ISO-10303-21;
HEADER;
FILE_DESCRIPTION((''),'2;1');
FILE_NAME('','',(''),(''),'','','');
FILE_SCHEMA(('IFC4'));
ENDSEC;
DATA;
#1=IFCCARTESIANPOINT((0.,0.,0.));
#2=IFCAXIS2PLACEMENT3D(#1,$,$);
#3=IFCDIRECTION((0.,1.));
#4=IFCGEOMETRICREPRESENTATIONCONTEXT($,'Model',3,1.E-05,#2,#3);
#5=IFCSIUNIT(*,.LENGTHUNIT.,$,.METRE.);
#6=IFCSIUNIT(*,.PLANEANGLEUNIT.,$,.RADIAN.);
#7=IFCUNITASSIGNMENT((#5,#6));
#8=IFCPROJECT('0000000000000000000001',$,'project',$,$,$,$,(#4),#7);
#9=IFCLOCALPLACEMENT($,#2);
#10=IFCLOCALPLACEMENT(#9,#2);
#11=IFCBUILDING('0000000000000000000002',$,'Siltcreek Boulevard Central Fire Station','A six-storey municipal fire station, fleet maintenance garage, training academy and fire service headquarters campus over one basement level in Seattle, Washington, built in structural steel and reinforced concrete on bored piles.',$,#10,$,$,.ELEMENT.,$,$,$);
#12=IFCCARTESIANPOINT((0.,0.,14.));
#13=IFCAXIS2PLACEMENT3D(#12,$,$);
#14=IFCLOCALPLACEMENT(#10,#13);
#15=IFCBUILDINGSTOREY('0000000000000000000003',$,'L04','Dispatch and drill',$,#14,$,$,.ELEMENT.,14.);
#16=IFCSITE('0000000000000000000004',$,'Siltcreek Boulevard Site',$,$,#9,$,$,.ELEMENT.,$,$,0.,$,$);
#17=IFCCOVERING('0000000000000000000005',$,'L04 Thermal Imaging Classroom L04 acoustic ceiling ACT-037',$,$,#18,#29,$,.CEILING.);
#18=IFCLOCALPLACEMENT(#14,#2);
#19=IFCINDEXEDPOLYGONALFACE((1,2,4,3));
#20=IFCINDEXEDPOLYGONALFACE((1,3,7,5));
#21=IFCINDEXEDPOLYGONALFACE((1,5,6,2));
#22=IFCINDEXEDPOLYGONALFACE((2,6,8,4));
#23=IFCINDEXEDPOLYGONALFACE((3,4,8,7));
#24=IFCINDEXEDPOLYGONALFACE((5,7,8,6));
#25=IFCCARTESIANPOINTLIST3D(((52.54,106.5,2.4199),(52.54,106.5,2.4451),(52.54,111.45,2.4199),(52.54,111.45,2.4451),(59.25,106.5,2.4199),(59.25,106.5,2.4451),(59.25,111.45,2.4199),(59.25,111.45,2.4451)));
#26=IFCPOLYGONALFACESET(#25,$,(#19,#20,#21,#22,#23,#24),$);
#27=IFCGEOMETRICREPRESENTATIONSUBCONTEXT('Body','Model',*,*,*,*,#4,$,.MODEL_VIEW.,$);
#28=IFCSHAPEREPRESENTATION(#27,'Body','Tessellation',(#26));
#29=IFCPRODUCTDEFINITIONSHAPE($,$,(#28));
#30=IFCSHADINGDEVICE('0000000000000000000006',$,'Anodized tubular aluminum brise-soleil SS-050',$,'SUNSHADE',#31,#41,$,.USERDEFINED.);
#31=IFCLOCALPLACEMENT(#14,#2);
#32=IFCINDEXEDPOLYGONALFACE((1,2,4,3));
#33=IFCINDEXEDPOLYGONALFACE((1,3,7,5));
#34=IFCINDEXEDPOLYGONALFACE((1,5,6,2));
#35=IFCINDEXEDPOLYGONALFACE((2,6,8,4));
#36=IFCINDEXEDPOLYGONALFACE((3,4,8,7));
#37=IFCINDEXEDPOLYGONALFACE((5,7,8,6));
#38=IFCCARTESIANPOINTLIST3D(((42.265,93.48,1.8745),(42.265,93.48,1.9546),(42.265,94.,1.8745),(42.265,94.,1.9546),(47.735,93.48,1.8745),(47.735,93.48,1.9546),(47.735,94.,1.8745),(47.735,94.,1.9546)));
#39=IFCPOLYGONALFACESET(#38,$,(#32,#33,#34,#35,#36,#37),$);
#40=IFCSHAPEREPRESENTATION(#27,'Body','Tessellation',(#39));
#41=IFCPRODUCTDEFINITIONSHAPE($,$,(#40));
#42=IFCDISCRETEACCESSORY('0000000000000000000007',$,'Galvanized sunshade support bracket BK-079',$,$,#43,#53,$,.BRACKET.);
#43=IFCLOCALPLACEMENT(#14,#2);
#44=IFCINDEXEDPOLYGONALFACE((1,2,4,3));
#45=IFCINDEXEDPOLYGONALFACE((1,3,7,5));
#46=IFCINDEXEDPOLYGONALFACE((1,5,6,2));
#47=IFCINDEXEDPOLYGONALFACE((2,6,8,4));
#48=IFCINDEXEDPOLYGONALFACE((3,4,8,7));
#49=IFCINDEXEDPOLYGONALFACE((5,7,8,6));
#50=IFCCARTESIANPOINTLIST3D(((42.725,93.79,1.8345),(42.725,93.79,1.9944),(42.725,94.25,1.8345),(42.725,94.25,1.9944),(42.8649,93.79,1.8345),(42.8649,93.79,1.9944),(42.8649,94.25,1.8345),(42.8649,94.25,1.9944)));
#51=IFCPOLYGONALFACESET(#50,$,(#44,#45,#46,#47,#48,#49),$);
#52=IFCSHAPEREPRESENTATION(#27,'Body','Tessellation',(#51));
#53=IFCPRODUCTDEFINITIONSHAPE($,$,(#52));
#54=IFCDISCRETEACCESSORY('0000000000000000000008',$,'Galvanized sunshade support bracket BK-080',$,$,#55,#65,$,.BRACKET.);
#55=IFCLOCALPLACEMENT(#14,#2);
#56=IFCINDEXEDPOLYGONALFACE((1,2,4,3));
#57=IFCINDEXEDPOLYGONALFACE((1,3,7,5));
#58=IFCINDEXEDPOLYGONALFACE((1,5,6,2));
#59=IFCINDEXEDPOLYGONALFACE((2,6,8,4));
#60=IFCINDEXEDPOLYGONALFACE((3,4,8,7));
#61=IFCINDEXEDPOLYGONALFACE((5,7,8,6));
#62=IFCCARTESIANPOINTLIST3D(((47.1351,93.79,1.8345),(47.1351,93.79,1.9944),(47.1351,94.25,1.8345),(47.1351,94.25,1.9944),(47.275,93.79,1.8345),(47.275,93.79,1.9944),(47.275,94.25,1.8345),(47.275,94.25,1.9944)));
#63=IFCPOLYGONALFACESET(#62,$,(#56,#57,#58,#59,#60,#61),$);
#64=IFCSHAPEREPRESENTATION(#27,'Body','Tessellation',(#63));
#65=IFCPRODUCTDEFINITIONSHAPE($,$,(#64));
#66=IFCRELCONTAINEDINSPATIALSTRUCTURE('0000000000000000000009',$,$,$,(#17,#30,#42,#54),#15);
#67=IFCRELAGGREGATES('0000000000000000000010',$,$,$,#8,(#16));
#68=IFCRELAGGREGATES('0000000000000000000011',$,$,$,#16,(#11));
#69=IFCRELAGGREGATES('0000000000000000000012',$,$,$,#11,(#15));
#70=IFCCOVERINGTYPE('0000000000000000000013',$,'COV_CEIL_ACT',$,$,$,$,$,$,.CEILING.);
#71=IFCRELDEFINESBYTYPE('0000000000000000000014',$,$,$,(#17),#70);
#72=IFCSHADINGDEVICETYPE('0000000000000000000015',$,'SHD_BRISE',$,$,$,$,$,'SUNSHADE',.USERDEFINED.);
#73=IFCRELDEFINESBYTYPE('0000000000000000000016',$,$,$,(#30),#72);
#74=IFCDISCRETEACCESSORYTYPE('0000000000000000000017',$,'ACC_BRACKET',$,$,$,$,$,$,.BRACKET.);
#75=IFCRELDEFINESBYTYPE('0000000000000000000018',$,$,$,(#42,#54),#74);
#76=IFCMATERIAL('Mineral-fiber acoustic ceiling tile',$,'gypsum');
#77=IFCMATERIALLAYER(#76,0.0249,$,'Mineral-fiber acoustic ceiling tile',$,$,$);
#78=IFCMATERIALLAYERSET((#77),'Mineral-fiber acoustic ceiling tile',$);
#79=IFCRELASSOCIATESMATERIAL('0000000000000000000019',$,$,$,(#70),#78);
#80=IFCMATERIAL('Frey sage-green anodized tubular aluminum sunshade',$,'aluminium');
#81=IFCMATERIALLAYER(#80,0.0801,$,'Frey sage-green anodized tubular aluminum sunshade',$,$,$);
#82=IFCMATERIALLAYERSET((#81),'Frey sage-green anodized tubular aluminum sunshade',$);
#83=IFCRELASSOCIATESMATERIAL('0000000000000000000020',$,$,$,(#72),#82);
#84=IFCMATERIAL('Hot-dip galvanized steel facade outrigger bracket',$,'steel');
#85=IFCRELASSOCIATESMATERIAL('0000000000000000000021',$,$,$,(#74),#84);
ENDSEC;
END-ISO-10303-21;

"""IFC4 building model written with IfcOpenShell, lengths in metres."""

from ifc_helpers import new_model, si_unit, direction, frame, origin, origin_2d, place, context, subcontext, project, spatial, polyline, rectangle, outline, extrude, material, layer, layer_set, type_object, element, save


model = new_model("IFC4")

# Units and contexts
model_context = context("Model", 3, precision=1e-05, world=origin(), true_north=direction((0.0, 1.0)))
body_context = subcontext(model_context, "Body", "Model", "MODEL_VIEW")
ifc_project = project(units=[si_unit("LENGTHUNIT", "METRE"), si_unit("PLANEANGLEUNIT", "RADIAN")], contexts=[model_context])

# Site, building, storey
site_placement = place(None, origin())
site = spatial("IfcSite", under=ifc_project, at=site_placement, Name="Siltcreek Boulevard Site", CompositionType="ELEMENT", RefElevation=0.0)
building_placement = place(site_placement, origin())
building = spatial("IfcBuilding", under=site, at=building_placement, Name="Siltcreek Boulevard Central Fire Station", Description="A six-storey municipal fire station, fleet maintenance garage, training academy and fire service headquarters campus over one basement level in Seattle, Washington, built in structural steel and reinforced concrete on bored piles.", CompositionType="ELEMENT")
storey_placement = place(building_placement, frame((0.0, 0.0, 14.0)))
storey = spatial("IfcBuildingStorey", under=building, at=storey_placement, Name="L04", Description="Dispatch and drill", CompositionType="ELEMENT", Elevation=14.0)

# Covering
ifc_material_1 = material(Name="Mineral-fiber acoustic ceiling tile", Category="gypsum")
ifc_layer_1 = layer(ifc_material_1, 0.0249, Name="Mineral-fiber acoustic ceiling tile")
ifc_layer_set_1 = layer_set([ifc_layer_1], Name="Mineral-fiber acoustic ceiling tile")
covering_type = type_object("IfcCoveringType", Name="COV_CEIL_ACT", PredefinedType="CEILING", material=ifc_layer_set_1)
covering_1_placement = place(storey_placement, frame((0.0, 0.0, 2.4199)))
element("IfcCovering", 1, at=covering_1_placement, inside=storey, type_object=covering_type, Name="L04 Thermal Imaging Classroom L04 acoustic ceiling ACT-037", PredefinedType="CEILING", context=body_context, shape_type="SweptSolid", body=[
    extrude(outline(polyline([(52.54, 106.5), (59.25, 106.5), (59.25, 111.45), (52.54, 111.45), (52.54, 106.5)])), origin(), (0.0, 0.0, 1.0), 0.0251),
])

# Shading device
ifc_material_2 = material(Name="Frey sage-green anodized tubular aluminum sunshade", Category="aluminium")
ifc_layer_2 = layer(ifc_material_2, 0.0801, Name="Frey sage-green anodized tubular aluminum sunshade")
ifc_layer_set_2 = layer_set([ifc_layer_2], Name="Frey sage-green anodized tubular aluminum sunshade")
shading_device_type = type_object("IfcShadingDeviceType", Name="SHD_BRISE", ElementType="SUNSHADE", PredefinedType="USERDEFINED", material=ifc_layer_set_2)
shading_device_placement = place(storey_placement, frame((45.0, 93.74, 1.8745), z_axis=(0.0, 0.0, 1.0), x_axis=(1.0, 0.0, 0.0)))
element("IfcShadingDevice", 2, at=shading_device_placement, inside=storey, type_object=shading_device_type, Name="Anodized tubular aluminum brise-soleil SS-050", ObjectType="SUNSHADE", PredefinedType="USERDEFINED", context=body_context, shape_type="SweptSolid", body=[
    extrude(rectangle(XDim=5.47, YDim=0.52, at=origin_2d()), origin(), (0.0, 0.0, 1.0), 0.0801),
])

# Discrete accessories
ifc_material_3 = material(Name="Hot-dip galvanized steel facade outrigger bracket", Category="steel")
discrete_accessory_type = type_object("IfcDiscreteAccessoryType", Name="ACC_BRACKET", PredefinedType="BRACKET", material=ifc_material_3)
for number, where, z_axis, x_axis, name in (
    (3, (42.7949, 94.02, 1.8345), (0.0, 0.0, 1.0), (1.0, 0.0, 0.0), "Galvanized sunshade support bracket BK-079"),
    (4, (47.2051, 94.02, 1.8345), (0.0, 0.0, 1.0), (1.0, 0.0, 0.0), "Galvanized sunshade support bracket BK-080"),
):
    element("IfcDiscreteAccessory", number, at=place(storey_placement, frame(where, z_axis=z_axis, x_axis=x_axis)), inside=storey, type_object=discrete_accessory_type, Name=name, PredefinedType="BRACKET", context=body_context, shape_type="SweptSolid", body=[
        extrude(rectangle(XDim=0.1399, YDim=0.46, at=origin_2d()), origin(), (0.0, 0.0, 1.0), 0.1599),
    ])

save(model, "model.ifc")
